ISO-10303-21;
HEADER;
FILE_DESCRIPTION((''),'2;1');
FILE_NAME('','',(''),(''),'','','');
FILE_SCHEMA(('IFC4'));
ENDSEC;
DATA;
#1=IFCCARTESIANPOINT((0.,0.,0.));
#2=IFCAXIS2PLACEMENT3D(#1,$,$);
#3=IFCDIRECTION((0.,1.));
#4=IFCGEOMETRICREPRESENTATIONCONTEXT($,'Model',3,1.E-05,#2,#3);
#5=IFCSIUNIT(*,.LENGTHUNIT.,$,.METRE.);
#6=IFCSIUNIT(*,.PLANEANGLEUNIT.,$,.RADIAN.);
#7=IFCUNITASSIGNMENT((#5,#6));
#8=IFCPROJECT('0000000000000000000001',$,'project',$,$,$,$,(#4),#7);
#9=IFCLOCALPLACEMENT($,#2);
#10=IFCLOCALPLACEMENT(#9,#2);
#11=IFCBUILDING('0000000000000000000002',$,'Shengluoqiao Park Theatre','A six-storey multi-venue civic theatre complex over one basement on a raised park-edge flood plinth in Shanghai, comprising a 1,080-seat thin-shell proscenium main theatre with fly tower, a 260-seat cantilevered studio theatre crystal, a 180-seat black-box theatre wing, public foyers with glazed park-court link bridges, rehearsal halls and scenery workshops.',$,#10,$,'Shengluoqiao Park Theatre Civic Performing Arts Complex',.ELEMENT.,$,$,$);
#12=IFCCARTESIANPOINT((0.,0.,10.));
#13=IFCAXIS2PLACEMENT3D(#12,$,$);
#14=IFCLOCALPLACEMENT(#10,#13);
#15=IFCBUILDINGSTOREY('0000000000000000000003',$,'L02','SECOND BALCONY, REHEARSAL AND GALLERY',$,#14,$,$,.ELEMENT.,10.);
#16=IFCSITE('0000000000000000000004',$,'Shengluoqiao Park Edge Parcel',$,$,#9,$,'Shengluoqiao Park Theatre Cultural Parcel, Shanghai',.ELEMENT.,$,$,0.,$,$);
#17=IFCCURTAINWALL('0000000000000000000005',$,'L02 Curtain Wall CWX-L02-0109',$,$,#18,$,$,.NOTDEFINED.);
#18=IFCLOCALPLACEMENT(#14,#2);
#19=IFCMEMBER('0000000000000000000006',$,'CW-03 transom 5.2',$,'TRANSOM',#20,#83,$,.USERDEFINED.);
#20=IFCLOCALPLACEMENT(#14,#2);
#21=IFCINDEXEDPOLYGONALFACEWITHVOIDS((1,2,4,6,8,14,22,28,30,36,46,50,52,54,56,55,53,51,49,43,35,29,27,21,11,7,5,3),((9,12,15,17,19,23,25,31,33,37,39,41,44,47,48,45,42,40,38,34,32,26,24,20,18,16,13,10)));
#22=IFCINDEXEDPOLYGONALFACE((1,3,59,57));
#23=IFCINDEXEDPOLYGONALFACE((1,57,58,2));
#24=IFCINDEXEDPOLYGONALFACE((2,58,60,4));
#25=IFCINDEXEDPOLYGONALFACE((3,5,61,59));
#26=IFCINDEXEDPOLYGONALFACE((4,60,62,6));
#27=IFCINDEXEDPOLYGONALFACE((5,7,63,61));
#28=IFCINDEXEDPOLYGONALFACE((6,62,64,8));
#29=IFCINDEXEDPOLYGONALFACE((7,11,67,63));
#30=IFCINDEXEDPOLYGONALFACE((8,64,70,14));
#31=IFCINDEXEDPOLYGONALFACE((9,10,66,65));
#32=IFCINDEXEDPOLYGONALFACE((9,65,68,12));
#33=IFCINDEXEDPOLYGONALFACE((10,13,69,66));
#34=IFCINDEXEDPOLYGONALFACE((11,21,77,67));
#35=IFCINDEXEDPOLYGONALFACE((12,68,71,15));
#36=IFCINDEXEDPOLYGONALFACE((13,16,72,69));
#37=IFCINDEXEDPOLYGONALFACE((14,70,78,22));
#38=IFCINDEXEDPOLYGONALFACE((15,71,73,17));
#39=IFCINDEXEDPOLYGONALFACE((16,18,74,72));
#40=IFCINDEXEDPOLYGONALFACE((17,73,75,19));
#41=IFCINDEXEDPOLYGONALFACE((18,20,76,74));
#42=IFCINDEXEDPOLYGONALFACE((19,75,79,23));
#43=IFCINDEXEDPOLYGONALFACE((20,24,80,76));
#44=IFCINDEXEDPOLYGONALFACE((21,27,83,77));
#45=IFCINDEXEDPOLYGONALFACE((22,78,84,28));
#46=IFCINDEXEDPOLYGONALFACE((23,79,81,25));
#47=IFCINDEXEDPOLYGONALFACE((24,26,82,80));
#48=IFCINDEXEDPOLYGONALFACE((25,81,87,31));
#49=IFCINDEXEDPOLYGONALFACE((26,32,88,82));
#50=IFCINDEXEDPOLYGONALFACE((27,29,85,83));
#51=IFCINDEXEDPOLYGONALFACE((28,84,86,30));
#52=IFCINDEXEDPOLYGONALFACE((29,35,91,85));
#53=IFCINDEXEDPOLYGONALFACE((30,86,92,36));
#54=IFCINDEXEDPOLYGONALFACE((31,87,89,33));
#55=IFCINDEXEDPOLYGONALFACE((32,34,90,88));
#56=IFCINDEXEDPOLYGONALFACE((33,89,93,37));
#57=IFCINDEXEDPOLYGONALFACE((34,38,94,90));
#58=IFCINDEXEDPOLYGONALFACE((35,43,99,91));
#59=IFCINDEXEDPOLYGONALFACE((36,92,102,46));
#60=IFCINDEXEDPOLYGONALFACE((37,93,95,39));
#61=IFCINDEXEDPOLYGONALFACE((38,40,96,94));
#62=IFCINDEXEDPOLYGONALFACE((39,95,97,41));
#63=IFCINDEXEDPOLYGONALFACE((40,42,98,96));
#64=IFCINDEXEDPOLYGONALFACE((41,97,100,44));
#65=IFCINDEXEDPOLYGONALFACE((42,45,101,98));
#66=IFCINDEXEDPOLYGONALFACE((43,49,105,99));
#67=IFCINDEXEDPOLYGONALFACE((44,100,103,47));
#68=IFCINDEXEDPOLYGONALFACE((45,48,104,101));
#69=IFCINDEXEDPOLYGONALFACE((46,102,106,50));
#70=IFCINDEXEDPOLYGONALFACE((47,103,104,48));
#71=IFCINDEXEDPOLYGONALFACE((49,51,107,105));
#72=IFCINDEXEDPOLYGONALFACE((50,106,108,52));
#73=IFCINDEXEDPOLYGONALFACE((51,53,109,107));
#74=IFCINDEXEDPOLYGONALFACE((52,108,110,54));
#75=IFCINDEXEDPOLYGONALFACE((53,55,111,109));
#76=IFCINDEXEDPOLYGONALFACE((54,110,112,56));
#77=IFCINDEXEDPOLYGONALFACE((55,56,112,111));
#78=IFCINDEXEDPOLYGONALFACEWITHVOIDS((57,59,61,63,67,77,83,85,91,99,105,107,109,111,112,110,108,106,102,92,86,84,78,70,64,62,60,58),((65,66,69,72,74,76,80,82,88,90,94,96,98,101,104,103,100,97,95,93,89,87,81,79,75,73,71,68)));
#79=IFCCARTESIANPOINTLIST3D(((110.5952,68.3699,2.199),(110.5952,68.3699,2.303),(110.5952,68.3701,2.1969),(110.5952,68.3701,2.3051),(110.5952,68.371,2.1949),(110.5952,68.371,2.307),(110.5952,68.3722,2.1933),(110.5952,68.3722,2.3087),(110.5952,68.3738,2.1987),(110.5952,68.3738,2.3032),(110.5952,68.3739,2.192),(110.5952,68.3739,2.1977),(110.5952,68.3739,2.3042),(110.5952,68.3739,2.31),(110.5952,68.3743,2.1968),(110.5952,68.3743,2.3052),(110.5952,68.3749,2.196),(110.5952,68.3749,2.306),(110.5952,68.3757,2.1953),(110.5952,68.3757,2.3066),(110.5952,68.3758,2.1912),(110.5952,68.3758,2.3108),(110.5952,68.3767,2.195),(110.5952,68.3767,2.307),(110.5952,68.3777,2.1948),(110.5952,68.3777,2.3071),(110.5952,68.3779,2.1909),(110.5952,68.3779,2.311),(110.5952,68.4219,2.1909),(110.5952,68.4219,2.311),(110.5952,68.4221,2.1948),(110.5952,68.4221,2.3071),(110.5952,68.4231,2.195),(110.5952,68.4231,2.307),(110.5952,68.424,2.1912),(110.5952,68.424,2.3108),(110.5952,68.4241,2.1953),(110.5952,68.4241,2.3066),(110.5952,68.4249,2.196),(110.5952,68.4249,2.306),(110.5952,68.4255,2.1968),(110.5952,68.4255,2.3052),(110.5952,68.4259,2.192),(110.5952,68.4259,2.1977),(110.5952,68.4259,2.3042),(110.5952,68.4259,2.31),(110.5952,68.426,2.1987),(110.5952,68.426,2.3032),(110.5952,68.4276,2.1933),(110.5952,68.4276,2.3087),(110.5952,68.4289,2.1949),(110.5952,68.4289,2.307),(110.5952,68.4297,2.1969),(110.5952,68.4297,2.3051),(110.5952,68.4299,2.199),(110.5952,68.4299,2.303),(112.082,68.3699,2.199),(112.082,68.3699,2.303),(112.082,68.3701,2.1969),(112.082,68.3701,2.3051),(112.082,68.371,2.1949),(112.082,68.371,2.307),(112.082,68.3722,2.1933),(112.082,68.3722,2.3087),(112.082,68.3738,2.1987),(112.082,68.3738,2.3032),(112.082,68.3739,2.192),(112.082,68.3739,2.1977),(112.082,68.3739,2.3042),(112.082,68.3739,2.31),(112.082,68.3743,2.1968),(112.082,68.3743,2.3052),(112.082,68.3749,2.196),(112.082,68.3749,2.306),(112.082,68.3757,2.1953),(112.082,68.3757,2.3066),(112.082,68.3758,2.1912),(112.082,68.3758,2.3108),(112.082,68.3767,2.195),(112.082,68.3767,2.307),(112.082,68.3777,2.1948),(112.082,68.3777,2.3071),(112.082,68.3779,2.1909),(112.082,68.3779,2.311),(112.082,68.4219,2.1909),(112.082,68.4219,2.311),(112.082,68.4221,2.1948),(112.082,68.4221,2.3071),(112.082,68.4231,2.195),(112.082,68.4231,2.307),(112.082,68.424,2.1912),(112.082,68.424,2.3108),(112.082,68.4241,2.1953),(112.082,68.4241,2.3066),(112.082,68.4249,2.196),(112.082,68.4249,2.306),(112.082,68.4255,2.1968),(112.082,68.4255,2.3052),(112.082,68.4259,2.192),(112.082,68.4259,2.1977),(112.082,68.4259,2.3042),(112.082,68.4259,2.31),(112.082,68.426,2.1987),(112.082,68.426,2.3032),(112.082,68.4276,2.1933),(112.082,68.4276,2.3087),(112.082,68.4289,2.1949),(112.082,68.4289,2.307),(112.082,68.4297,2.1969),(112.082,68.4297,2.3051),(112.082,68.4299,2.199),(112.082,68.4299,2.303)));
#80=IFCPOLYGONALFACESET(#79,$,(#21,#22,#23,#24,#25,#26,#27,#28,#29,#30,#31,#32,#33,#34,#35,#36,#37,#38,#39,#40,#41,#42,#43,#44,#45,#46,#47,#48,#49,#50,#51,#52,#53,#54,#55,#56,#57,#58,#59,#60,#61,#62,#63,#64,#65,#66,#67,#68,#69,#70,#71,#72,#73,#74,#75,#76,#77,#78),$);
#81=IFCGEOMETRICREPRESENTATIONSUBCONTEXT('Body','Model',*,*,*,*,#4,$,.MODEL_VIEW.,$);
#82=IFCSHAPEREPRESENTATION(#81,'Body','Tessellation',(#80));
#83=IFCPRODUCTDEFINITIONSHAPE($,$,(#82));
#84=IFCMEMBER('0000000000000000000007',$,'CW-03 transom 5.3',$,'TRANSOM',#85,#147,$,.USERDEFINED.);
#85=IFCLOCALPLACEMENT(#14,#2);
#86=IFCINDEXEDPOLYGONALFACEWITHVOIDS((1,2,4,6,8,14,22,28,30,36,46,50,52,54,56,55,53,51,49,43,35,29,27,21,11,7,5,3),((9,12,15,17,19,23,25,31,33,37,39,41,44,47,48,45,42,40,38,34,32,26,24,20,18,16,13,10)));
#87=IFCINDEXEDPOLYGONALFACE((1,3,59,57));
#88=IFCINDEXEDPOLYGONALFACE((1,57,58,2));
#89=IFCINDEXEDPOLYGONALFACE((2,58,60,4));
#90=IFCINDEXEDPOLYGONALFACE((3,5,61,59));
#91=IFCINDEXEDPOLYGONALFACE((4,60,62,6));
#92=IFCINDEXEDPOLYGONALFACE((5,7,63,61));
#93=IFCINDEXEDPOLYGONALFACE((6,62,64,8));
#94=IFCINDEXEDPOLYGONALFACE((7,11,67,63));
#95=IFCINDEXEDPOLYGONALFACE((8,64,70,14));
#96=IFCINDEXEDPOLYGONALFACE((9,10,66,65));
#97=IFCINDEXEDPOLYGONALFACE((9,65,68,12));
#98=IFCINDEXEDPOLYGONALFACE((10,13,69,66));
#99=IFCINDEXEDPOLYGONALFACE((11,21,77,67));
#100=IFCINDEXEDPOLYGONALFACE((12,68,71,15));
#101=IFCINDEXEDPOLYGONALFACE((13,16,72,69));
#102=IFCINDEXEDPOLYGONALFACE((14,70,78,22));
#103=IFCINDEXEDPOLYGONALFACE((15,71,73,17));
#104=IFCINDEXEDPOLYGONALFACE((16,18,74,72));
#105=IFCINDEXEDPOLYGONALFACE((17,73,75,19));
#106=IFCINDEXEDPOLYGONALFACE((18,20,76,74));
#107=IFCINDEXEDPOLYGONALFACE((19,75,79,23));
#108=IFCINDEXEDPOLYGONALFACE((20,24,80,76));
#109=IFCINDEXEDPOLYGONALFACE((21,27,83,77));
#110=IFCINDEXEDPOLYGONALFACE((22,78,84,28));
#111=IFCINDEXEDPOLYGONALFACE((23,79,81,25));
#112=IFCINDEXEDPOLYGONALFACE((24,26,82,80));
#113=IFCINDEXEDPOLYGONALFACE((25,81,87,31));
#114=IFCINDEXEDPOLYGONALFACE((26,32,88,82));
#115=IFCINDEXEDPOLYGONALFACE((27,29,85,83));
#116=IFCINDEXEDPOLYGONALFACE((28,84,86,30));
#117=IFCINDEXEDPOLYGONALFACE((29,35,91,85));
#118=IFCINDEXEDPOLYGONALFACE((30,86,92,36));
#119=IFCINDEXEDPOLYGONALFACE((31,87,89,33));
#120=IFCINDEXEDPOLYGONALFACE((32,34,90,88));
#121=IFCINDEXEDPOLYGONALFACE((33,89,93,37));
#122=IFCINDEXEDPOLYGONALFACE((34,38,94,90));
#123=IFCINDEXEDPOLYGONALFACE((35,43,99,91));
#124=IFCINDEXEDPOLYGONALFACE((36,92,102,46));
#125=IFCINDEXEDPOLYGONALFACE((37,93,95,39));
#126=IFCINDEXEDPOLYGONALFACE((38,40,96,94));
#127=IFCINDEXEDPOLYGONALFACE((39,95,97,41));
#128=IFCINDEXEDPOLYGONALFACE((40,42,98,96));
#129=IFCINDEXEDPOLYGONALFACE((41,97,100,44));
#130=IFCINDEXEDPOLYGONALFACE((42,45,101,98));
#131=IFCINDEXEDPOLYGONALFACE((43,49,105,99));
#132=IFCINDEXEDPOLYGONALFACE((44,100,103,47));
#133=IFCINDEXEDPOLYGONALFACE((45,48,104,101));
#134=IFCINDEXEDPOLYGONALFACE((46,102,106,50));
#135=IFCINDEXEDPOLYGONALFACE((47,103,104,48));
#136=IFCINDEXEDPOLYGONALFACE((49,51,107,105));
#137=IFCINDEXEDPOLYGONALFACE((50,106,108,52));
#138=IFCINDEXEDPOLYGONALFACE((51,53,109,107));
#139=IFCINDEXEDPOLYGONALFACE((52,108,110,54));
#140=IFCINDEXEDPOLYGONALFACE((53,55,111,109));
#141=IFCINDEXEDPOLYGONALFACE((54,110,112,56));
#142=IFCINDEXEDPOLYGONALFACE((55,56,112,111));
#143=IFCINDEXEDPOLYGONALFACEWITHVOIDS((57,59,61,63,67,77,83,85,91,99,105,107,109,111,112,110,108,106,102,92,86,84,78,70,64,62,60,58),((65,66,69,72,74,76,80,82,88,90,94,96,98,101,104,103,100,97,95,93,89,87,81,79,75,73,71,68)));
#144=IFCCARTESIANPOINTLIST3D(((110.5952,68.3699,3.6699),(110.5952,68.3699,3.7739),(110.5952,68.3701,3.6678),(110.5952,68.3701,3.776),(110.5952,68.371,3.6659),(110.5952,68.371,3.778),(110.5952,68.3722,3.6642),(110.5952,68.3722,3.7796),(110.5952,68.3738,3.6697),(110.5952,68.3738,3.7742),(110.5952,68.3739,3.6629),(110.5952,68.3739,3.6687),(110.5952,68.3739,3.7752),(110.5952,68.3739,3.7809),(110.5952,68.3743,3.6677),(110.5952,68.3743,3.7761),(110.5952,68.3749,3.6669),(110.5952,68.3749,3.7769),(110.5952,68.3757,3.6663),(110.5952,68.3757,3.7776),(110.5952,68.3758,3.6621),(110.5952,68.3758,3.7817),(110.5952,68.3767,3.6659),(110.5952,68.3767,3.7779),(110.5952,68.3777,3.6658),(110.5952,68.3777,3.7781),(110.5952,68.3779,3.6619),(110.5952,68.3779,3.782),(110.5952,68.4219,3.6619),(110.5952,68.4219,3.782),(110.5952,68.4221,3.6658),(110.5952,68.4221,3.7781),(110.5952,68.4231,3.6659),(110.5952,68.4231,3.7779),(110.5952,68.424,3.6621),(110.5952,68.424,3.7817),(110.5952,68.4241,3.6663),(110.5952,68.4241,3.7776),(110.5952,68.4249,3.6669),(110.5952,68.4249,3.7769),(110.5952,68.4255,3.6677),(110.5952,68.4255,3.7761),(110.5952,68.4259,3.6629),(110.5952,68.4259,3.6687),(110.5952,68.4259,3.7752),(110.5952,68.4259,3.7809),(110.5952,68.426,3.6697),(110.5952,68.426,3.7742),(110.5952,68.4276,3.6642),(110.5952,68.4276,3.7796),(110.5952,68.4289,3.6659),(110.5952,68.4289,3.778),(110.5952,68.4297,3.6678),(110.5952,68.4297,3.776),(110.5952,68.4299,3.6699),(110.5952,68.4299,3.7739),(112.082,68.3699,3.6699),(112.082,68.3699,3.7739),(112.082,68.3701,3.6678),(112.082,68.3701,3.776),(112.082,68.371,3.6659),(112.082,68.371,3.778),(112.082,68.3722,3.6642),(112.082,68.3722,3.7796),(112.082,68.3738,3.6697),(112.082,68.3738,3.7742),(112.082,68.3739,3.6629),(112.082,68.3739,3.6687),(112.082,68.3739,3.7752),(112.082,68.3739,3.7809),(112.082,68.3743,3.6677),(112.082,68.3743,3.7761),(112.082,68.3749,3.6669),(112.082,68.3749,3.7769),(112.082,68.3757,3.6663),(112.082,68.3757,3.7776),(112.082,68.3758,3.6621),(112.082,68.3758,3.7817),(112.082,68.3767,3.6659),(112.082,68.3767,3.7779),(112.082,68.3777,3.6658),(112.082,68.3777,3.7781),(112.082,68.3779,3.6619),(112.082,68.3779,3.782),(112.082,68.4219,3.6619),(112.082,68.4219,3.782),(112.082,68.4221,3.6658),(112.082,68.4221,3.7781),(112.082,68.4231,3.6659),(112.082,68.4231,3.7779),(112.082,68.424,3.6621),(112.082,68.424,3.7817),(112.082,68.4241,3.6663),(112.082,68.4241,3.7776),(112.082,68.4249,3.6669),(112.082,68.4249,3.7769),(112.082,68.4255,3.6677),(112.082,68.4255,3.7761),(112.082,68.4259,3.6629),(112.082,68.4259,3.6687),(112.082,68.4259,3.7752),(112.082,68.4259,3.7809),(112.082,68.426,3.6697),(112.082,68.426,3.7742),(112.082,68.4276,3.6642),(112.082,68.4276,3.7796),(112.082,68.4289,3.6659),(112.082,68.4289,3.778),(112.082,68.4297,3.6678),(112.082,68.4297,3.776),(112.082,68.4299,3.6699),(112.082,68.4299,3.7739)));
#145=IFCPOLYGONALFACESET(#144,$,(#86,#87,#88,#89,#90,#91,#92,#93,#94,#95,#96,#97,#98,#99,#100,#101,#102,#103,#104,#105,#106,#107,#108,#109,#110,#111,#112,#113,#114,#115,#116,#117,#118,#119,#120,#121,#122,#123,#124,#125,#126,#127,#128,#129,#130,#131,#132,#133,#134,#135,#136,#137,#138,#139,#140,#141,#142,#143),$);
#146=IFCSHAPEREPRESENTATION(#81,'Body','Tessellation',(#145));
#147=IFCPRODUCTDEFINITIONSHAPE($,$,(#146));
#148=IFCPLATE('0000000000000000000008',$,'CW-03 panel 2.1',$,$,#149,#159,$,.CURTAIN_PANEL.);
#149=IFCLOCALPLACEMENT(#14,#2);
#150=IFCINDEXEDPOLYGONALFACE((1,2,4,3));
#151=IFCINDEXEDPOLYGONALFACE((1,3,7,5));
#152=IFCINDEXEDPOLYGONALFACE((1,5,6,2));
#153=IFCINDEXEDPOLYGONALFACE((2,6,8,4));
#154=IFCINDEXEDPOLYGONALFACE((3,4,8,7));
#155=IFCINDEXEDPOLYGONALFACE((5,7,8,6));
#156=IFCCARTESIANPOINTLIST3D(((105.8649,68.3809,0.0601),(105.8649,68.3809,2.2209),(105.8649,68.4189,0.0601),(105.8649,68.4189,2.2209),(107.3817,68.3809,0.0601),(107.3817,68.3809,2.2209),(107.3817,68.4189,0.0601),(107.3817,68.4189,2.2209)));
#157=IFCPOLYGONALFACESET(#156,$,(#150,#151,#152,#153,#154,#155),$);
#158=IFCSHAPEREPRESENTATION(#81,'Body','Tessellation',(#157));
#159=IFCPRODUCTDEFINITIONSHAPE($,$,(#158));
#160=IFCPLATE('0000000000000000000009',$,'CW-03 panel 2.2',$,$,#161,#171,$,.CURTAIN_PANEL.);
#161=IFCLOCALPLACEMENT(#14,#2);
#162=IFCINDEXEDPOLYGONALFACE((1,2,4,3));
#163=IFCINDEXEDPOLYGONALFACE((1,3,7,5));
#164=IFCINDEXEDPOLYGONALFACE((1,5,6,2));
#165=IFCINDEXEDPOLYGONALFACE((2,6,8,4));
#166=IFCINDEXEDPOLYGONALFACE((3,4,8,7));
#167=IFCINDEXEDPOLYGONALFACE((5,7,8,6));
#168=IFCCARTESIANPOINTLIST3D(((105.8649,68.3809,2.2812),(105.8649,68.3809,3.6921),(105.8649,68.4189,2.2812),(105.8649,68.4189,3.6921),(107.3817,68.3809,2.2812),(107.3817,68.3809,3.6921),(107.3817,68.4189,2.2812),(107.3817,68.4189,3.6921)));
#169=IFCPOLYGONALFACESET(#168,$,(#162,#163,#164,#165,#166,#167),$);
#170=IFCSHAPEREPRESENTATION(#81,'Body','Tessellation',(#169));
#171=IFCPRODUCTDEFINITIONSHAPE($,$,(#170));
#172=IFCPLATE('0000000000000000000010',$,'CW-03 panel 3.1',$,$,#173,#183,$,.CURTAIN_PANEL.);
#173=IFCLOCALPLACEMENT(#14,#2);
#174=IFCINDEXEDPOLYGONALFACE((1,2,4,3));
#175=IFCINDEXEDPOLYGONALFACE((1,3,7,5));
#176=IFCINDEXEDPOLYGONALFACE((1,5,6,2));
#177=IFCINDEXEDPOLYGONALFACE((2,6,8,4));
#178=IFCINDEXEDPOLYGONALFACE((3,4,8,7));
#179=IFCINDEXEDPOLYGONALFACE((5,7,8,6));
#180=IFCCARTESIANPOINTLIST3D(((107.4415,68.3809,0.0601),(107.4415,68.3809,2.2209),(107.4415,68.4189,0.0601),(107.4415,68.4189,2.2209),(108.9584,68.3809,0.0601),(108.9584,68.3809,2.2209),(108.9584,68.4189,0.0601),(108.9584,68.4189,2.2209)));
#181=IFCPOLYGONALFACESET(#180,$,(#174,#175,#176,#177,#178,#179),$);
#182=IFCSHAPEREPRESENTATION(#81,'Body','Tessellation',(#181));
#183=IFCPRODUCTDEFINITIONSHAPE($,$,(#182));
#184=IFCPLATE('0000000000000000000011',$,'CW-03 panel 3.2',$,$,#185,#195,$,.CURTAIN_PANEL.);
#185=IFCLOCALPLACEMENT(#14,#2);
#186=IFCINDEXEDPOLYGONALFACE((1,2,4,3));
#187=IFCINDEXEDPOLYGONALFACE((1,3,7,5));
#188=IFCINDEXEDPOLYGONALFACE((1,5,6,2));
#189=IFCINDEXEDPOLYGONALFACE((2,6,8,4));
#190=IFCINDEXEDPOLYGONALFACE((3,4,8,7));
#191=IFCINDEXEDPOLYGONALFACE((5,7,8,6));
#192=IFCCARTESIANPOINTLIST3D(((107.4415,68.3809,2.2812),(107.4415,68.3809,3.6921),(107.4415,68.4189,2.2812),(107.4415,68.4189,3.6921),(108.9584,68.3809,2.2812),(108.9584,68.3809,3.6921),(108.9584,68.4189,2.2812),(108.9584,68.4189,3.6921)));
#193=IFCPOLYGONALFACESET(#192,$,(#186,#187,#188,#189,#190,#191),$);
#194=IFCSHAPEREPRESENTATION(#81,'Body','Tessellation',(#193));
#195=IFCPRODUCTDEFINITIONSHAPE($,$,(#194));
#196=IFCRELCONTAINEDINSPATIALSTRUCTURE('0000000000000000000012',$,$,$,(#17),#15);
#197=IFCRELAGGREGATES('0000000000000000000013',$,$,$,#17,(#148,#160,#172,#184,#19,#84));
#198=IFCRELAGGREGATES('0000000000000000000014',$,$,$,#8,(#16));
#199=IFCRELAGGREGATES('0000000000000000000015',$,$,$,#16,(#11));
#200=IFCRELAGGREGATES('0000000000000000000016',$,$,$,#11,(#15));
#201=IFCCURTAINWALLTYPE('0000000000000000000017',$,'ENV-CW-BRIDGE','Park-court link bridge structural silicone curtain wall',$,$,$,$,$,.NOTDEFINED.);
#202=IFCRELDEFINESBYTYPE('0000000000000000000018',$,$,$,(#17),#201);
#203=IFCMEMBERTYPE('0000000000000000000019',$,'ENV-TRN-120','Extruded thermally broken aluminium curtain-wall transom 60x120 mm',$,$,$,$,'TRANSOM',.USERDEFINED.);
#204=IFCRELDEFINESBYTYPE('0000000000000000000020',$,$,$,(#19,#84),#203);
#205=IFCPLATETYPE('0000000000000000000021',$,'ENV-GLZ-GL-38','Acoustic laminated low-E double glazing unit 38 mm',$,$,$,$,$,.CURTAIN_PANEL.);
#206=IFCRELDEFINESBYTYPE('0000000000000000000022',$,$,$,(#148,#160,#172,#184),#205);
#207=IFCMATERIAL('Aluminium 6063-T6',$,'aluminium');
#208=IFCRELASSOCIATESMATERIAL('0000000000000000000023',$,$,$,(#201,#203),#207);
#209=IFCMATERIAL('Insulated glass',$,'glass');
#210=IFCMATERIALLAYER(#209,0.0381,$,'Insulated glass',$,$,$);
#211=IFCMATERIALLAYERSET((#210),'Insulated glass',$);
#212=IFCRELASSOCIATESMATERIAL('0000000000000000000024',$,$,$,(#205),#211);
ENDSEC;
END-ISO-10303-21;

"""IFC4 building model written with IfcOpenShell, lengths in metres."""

from ifc_helpers import new_model, si_unit, direction, frame, origin, origin_2d, place, context, subcontext, project, spatial, rectangle, hollow_rectangle, extrude, material, layer, layer_set, material_profile, profile_set, type_object, element, aggregate, save


model = new_model("IFC4")

# Units and contexts
model_context = context("Model", 3, precision=1e-05, world=origin(), true_north=direction((0.0, 1.0)))
body_context = subcontext(model_context, "Body", "Model", "MODEL_VIEW")
ifc_project = project(units=[si_unit("LENGTHUNIT", "METRE"), si_unit("PLANEANGLEUNIT", "RADIAN")], contexts=[model_context])

# Site, building, storey
site_placement = place(None, origin())
site = spatial("IfcSite", under=ifc_project, at=site_placement, Name="Shengluoqiao Park Edge Parcel", LongName="Shengluoqiao Park Theatre Cultural Parcel, Shanghai", CompositionType="ELEMENT", RefElevation=0.0)
building_placement = place(site_placement, origin())
building = spatial("IfcBuilding", under=site, at=building_placement, Name="Shengluoqiao Park Theatre", Description="A six-storey multi-venue civic theatre complex over one basement on a raised park-edge flood plinth in Shanghai, comprising a 1,080-seat thin-shell proscenium main theatre with fly tower, a 260-seat cantilevered studio theatre crystal, a 180-seat black-box theatre wing, public foyers with glazed park-court link bridges, rehearsal halls and scenery workshops.", LongName="Shengluoqiao Park Theatre Civic Performing Arts Complex", CompositionType="ELEMENT")
storey_placement = place(building_placement, frame((0.0, 0.0, 10.0)))
storey = spatial("IfcBuildingStorey", under=building, at=storey_placement, Name="L02", Description="SECOND BALCONY, REHEARSAL AND GALLERY", CompositionType="ELEMENT", Elevation=10.0)

# Curtain wall, members, plates
ifc_material_1 = material(Name="Aluminium 6063-T6", Category="aluminium")
curtain_wall_type = type_object("IfcCurtainWallType", Name="ENV-CW-BRIDGE", Description="Park-court link bridge structural silicone curtain wall", PredefinedType="NOTDEFINED", material=ifc_material_1)
curtain_wall_placement = place(storey_placement, origin())
curtain_wall = element("IfcCurtainWall", 1, at=curtain_wall_placement, inside=storey, type_object=curtain_wall_type, Name="L02 Curtain Wall CWX-L02-0109", PredefinedType="NOTDEFINED")
ifc_material_profile_1 = material_profile(ifc_material_1, hollow_rectangle(XDim=0.0601, YDim=0.1201, WallThickness=0.0039, InnerFilletRadius=0.0039, OuterFilletRadius=0.0081, at=origin_2d()), Name="ALU TRANSOM 120x60x4")
ifc_profile_set_1 = profile_set([ifc_material_profile_1], Name="Aluminium 6063-T6")
member_type_1 = type_object("IfcMemberType", Name="ENV-TRN-120", Description="Extruded thermally broken aluminium curtain-wall transom 60x120 mm", ElementType="TRANSOM", PredefinedType="USERDEFINED", material=ifc_profile_set_1)
member_1_placement = place(storey_placement, frame((110.5952, 68.3999, 2.251), z_axis=(1.0, 0.0, 0.0), x_axis=(0.0, 1.0, 0.0)))
member_1 = element("IfcMember", 2, at=member_1_placement, type_object=member_type_1, Name="CW-03 transom 5.2", ObjectType="TRANSOM", PredefinedType="USERDEFINED", context=body_context, shape_type="SweptSolid", body=[
    extrude(hollow_rectangle(XDim=0.0601, YDim=0.1201, WallThickness=0.0039, InnerFilletRadius=0.0039, OuterFilletRadius=0.0081, at=origin_2d()), origin(), (0.0, 0.0, 1.0), 1.4868),
])
member_2_placement = place(storey_placement, frame((110.5952, 68.3999, 3.7219), z_axis=(1.0, 0.0, 0.0), x_axis=(0.0, 1.0, 0.0)))
member_2 = element("IfcMember", 3, at=member_2_placement, type_object=member_type_1, Name="CW-03 transom 5.3", ObjectType="TRANSOM", PredefinedType="USERDEFINED", context=body_context, shape_type="SweptSolid", body=[
    extrude(hollow_rectangle(XDim=0.0601, YDim=0.1201, WallThickness=0.0039, InnerFilletRadius=0.0039, OuterFilletRadius=0.0081, at=origin_2d()), origin(), (0.0, 0.0, 1.0), 1.4868),
])
ifc_material_2 = material(Name="Insulated glass", Category="glass")
ifc_layer = layer(ifc_material_2, 0.0381, Name="Insulated glass")
ifc_layer_set = layer_set([ifc_layer], Name="Insulated glass")
plate_type = type_object("IfcPlateType", Name="ENV-GLZ-GL-38", Description="Acoustic laminated low-E double glazing unit 38 mm", PredefinedType="CURTAIN_PANEL", material=ifc_layer_set)
plate_1_placement = place(storey_placement, frame((106.6233, 68.3999, 0.0601), z_axis=(0.0, 0.0, 1.0), x_axis=(1.0, 0.0, 0.0)))
plate_1 = element("IfcPlate", 4, at=plate_1_placement, type_object=plate_type, Name="CW-03 panel 2.1", PredefinedType="CURTAIN_PANEL", context=body_context, shape_type="SweptSolid", body=[
    extrude(rectangle(XDim=1.5168, YDim=0.0381, at=origin_2d()), origin(), (0.0, 0.0, 1.0), 2.1609),
])
plate_2_placement = place(storey_placement, frame((106.6233, 68.3999, 2.2812), z_axis=(0.0, 0.0, 1.0), x_axis=(1.0, 0.0, 0.0)))
plate_2 = element("IfcPlate", 5, at=plate_2_placement, type_object=plate_type, Name="CW-03 panel 2.2", PredefinedType="CURTAIN_PANEL", context=body_context, shape_type="SweptSolid", body=[
    extrude(rectangle(XDim=1.5168, YDim=0.0381, at=origin_2d()), origin(), (0.0, 0.0, 1.0), 1.4109),
])
plate_3_placement = place(storey_placement, frame((108.2, 68.3999, 0.0601), z_axis=(0.0, 0.0, 1.0), x_axis=(1.0, 0.0, 0.0)))
plate_3 = element("IfcPlate", 6, at=plate_3_placement, type_object=plate_type, Name="CW-03 panel 3.1", PredefinedType="CURTAIN_PANEL", context=body_context, shape_type="SweptSolid", body=[
    extrude(rectangle(XDim=1.5168, YDim=0.0381, at=origin_2d()), origin(), (0.0, 0.0, 1.0), 2.1609),
])
plate_4_placement = place(storey_placement, frame((108.2, 68.3999, 2.2812), z_axis=(0.0, 0.0, 1.0), x_axis=(1.0, 0.0, 0.0)))
plate_4 = element("IfcPlate", 7, at=plate_4_placement, type_object=plate_type, Name="CW-03 panel 3.2", PredefinedType="CURTAIN_PANEL", context=body_context, shape_type="SweptSolid", body=[
    extrude(rectangle(XDim=1.5168, YDim=0.0381, at=origin_2d()), origin(), (0.0, 0.0, 1.0), 1.4109),
])
aggregate(curtain_wall, [plate_1, plate_2, plate_3, plate_4, member_1, member_2])

save(model, "model.ifc")
